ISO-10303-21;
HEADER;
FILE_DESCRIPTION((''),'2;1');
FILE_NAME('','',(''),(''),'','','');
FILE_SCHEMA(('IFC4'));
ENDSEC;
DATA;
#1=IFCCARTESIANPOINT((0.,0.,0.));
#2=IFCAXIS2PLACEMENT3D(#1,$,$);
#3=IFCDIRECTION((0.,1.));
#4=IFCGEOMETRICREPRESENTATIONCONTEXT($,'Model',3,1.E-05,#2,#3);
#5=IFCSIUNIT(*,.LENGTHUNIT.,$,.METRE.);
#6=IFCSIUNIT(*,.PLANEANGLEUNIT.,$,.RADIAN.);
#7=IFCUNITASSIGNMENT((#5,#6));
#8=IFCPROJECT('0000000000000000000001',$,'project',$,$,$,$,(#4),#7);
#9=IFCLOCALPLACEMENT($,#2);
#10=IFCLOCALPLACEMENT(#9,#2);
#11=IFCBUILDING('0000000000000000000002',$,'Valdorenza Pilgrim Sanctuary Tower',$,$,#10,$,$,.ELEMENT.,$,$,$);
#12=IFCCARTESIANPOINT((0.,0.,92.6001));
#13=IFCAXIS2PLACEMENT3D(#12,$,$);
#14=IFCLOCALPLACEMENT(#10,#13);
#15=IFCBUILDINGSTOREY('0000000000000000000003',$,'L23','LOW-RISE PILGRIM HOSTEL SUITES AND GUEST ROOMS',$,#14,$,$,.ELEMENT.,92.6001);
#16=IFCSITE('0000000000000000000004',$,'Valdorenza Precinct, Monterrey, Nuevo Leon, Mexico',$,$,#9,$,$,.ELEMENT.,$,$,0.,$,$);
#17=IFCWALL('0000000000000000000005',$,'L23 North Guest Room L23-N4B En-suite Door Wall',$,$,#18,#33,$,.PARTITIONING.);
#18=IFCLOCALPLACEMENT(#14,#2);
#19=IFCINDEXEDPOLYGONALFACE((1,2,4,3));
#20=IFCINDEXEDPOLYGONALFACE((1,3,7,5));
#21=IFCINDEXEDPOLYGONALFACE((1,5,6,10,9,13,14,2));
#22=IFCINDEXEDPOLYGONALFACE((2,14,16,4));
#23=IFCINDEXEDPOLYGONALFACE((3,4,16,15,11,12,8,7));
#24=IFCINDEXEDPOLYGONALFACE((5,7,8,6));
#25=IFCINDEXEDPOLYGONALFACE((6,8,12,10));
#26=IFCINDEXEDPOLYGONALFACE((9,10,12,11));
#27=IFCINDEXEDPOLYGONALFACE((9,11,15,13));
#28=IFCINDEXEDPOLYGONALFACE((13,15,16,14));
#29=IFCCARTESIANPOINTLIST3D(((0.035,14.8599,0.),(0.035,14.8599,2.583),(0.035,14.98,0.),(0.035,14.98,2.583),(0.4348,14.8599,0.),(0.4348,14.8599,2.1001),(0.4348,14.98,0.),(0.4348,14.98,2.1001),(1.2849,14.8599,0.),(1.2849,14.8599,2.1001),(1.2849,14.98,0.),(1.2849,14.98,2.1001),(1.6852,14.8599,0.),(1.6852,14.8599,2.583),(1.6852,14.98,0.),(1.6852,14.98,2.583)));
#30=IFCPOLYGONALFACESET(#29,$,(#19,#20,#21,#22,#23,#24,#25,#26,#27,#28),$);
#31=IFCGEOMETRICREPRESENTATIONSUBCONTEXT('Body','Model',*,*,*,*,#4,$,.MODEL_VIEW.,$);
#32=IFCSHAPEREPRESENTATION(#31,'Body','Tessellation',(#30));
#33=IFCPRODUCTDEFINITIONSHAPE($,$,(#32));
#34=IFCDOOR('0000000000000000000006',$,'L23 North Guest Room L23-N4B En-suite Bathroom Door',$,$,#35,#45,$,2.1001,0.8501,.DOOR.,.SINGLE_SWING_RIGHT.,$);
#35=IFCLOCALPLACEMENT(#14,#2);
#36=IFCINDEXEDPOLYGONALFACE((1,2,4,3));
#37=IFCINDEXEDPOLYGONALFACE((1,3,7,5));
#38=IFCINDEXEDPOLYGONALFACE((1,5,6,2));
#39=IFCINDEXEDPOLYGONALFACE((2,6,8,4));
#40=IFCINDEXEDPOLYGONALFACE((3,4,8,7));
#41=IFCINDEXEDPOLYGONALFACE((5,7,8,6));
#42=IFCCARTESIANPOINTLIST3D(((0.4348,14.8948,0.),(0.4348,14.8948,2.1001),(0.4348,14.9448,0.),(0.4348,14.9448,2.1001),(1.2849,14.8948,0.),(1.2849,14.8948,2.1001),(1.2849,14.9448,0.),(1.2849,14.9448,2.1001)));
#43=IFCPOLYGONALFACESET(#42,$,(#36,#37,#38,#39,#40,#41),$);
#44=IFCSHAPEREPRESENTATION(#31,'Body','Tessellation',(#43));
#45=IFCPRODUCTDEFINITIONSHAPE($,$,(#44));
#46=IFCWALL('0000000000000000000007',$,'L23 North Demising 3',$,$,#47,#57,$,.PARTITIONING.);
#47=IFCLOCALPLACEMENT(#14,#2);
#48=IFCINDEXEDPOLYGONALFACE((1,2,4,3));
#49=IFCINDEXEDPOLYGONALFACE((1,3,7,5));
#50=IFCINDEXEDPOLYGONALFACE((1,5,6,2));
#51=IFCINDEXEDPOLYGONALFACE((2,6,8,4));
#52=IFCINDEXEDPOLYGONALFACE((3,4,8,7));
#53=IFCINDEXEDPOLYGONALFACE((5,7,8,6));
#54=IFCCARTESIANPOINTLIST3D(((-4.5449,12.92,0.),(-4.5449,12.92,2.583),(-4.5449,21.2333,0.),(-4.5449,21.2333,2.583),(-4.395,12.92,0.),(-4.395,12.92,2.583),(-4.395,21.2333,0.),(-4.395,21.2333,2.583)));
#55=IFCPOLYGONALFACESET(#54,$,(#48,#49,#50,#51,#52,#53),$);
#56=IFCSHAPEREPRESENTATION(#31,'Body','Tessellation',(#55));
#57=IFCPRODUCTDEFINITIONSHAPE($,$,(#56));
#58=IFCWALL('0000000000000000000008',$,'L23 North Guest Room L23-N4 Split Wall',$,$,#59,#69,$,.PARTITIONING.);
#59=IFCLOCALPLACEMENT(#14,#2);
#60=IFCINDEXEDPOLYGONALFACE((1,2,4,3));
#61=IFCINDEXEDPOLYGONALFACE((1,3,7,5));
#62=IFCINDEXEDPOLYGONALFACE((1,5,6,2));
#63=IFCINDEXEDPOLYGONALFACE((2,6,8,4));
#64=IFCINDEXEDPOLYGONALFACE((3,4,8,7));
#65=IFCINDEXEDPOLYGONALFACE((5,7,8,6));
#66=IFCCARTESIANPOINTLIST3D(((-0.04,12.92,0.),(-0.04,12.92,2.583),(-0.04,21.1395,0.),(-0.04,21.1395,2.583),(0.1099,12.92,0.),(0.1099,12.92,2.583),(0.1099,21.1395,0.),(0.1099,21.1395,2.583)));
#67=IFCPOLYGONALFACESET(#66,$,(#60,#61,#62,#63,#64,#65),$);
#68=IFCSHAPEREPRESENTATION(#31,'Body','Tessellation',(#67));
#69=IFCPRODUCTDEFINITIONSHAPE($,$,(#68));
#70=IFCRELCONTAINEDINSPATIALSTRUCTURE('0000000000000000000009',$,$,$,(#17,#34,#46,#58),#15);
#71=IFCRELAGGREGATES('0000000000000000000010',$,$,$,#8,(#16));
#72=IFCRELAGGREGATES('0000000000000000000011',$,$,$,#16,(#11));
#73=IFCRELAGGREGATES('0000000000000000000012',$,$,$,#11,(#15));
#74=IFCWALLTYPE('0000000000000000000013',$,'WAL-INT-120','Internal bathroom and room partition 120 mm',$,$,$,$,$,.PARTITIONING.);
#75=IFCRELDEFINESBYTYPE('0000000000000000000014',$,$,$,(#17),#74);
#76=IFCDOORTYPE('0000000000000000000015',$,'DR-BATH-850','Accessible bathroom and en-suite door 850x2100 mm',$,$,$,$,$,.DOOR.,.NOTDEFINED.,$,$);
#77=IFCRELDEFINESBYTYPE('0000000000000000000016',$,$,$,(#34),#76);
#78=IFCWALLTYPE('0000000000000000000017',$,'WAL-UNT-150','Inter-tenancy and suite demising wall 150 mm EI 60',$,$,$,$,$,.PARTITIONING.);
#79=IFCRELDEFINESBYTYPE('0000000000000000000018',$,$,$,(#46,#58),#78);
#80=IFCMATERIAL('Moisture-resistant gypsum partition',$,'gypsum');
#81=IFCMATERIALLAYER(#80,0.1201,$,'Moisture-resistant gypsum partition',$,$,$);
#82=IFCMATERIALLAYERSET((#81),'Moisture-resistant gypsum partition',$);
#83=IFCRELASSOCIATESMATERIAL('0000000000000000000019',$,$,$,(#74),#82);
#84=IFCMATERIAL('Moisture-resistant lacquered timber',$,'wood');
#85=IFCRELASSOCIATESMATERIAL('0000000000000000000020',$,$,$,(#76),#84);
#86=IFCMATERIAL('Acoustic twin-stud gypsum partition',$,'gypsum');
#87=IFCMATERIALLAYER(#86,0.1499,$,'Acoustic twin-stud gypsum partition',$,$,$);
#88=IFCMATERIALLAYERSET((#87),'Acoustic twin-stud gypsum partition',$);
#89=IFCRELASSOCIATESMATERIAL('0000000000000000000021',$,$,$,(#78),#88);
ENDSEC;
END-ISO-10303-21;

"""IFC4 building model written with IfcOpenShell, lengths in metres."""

from ifc_helpers import new_model, si_unit, direction, frame, frame_2d, origin, place, context, subcontext, project, spatial, rectangle, extrude, material, layer, layer_set, type_object, element, fill, save


model = new_model("IFC4")

# Units and contexts
model_context = context("Model", 3, precision=1e-05, world=origin(), true_north=direction((0.0, 1.0)))
body_context = subcontext(model_context, "Body", "Model", "MODEL_VIEW")
ifc_project = project(units=[si_unit("LENGTHUNIT", "METRE"), si_unit("PLANEANGLEUNIT", "RADIAN")], contexts=[model_context])

# Site, building, storey
site_placement = place(None, origin())
site = spatial("IfcSite", under=ifc_project, at=site_placement, Name="Valdorenza Precinct, Monterrey, Nuevo Leon, Mexico", CompositionType="ELEMENT", RefElevation=0.0)
building_placement = place(site_placement, origin())
building = spatial("IfcBuilding", under=site, at=building_placement, Name="Valdorenza Pilgrim Sanctuary Tower", CompositionType="ELEMENT")
storey_placement = place(building_placement, frame((0.0, 0.0, 92.6001)))
storey = spatial("IfcBuildingStorey", under=building, at=storey_placement, Name="L23", Description="LOW-RISE PILGRIM HOSTEL SUITES AND GUEST ROOMS", CompositionType="ELEMENT", Elevation=92.6001)

# Shared definitions
ifc_material_1 = material(Name="Moisture-resistant gypsum partition", Category="gypsum")
ifc_layer_1 = layer(ifc_material_1, 0.1201, Name="Moisture-resistant gypsum partition")
ifc_layer_set_1 = layer_set([ifc_layer_1], Name="Moisture-resistant gypsum partition")
wall_type_1 = type_object("IfcWallType", Name="WAL-INT-120", Description="Internal bathroom and room partition 120 mm", PredefinedType="PARTITIONING", material=ifc_layer_set_1)

# Shared definitions
ifc_material_2 = material(Name="Moisture-resistant lacquered timber", Category="wood")
door_type = type_object("IfcDoorType", Name="DR-BATH-850", Description="Accessible bathroom and en-suite door 850x2100 mm", OperationType="NOTDEFINED", PredefinedType="DOOR", material=ifc_material_2)

# Wall, opening, door
wall_1_placement = place(storey_placement, frame((0.0349, 14.9199, 0.0), z_axis=(0.0, 0.0, 1.0), x_axis=(1.0, 0.0, 0.0)))
wall_1 = element("IfcWall", 1, at=wall_1_placement, inside=storey, type_object=wall_type_1, Name="L23 North Guest Room L23-N4B En-suite Door Wall", PredefinedType="PARTITIONING", context=body_context, shape_type="SweptSolid", body=[
    extrude(rectangle(XDim=1.6501, YDim=0.1201, at=frame_2d((0.8252, 0.0))), origin(), (0.0, 0.0, 1.0), 2.583),
])
opening_1_placement = place(wall_1_placement, frame((0.3999, 0.0, 0.0)))
opening_1 = element("IfcOpeningElement", 2, at=opening_1_placement, cuts=wall_1, PredefinedType="OPENING", context=body_context, shape_type="SweptSolid", body=[
    extrude(rectangle(XDim=0.8501, YDim=2.1001, at=frame_2d((0.425, 1.05))), frame((0.0, 0.075, 0.0), z_axis=(0.0, -1.0, 0.0), x_axis=(1.0, 0.0, 0.0)), (0.0, 0.0, 1.0), 0.1499),
])
door_1_placement = place(opening_1_placement, origin())
door_1 = element("IfcDoor", 3, at=door_1_placement, inside=storey, type_object=door_type, Name="L23 North Guest Room L23-N4B En-suite Bathroom Door", OperationType="SINGLE_SWING_RIGHT", OverallHeight=2.1001, OverallWidth=0.8501, PredefinedType="DOOR", context=body_context, shape_type="SweptSolid", body=[
    extrude(rectangle(XDim=0.8501, YDim=2.1001, at=frame_2d((0.425, 1.05))), frame((0.0, 0.0249, 0.0), z_axis=(0.0, -1.0, 0.0), x_axis=(1.0, 0.0, 0.0)), (0.0, 0.0, 1.0), 0.05),
])
fill(opening_1, door_1)

# Walls
ifc_material_3 = material(Name="Acoustic twin-stud gypsum partition", Category="gypsum")
ifc_layer_2 = layer(ifc_material_3, 0.1499, Name="Acoustic twin-stud gypsum partition")
ifc_layer_set_2 = layer_set([ifc_layer_2], Name="Acoustic twin-stud gypsum partition")
wall_type_2 = type_object("IfcWallType", Name="WAL-UNT-150", Description="Inter-tenancy and suite demising wall 150 mm EI 60", PredefinedType="PARTITIONING", material=ifc_layer_set_2)
wall_2_placement = place(storey_placement, frame((-4.47, 12.9199, 0.0), z_axis=(0.0, 0.0, 1.0), x_axis=(0.0, 1.0, 0.0)))
element("IfcWall", 4, at=wall_2_placement, inside=storey, type_object=wall_type_2, Name="L23 North Demising 3", PredefinedType="PARTITIONING", context=body_context, shape_type="SweptSolid", body=[
    extrude(rectangle(XDim=8.3132, YDim=0.1499, at=frame_2d((4.1567, 0.0))), origin(), (0.0, 0.0, 1.0), 2.583),
])
wall_3_placement = place(storey_placement, frame((0.0349, 12.9199, 0.0), z_axis=(0.0, 0.0, 1.0), x_axis=(0.0, 1.0, 0.0)))
element("IfcWall", 5, at=wall_3_placement, inside=storey, type_object=wall_type_2, Name="L23 North Guest Room L23-N4 Split Wall", PredefinedType="PARTITIONING", context=body_context, shape_type="SweptSolid", body=[
    extrude(rectangle(XDim=8.2195, YDim=0.1499, at=frame_2d((4.1099, 0.0))), origin(), (0.0, 0.0, 1.0), 2.583),
])

save(model, "model.ifc")
